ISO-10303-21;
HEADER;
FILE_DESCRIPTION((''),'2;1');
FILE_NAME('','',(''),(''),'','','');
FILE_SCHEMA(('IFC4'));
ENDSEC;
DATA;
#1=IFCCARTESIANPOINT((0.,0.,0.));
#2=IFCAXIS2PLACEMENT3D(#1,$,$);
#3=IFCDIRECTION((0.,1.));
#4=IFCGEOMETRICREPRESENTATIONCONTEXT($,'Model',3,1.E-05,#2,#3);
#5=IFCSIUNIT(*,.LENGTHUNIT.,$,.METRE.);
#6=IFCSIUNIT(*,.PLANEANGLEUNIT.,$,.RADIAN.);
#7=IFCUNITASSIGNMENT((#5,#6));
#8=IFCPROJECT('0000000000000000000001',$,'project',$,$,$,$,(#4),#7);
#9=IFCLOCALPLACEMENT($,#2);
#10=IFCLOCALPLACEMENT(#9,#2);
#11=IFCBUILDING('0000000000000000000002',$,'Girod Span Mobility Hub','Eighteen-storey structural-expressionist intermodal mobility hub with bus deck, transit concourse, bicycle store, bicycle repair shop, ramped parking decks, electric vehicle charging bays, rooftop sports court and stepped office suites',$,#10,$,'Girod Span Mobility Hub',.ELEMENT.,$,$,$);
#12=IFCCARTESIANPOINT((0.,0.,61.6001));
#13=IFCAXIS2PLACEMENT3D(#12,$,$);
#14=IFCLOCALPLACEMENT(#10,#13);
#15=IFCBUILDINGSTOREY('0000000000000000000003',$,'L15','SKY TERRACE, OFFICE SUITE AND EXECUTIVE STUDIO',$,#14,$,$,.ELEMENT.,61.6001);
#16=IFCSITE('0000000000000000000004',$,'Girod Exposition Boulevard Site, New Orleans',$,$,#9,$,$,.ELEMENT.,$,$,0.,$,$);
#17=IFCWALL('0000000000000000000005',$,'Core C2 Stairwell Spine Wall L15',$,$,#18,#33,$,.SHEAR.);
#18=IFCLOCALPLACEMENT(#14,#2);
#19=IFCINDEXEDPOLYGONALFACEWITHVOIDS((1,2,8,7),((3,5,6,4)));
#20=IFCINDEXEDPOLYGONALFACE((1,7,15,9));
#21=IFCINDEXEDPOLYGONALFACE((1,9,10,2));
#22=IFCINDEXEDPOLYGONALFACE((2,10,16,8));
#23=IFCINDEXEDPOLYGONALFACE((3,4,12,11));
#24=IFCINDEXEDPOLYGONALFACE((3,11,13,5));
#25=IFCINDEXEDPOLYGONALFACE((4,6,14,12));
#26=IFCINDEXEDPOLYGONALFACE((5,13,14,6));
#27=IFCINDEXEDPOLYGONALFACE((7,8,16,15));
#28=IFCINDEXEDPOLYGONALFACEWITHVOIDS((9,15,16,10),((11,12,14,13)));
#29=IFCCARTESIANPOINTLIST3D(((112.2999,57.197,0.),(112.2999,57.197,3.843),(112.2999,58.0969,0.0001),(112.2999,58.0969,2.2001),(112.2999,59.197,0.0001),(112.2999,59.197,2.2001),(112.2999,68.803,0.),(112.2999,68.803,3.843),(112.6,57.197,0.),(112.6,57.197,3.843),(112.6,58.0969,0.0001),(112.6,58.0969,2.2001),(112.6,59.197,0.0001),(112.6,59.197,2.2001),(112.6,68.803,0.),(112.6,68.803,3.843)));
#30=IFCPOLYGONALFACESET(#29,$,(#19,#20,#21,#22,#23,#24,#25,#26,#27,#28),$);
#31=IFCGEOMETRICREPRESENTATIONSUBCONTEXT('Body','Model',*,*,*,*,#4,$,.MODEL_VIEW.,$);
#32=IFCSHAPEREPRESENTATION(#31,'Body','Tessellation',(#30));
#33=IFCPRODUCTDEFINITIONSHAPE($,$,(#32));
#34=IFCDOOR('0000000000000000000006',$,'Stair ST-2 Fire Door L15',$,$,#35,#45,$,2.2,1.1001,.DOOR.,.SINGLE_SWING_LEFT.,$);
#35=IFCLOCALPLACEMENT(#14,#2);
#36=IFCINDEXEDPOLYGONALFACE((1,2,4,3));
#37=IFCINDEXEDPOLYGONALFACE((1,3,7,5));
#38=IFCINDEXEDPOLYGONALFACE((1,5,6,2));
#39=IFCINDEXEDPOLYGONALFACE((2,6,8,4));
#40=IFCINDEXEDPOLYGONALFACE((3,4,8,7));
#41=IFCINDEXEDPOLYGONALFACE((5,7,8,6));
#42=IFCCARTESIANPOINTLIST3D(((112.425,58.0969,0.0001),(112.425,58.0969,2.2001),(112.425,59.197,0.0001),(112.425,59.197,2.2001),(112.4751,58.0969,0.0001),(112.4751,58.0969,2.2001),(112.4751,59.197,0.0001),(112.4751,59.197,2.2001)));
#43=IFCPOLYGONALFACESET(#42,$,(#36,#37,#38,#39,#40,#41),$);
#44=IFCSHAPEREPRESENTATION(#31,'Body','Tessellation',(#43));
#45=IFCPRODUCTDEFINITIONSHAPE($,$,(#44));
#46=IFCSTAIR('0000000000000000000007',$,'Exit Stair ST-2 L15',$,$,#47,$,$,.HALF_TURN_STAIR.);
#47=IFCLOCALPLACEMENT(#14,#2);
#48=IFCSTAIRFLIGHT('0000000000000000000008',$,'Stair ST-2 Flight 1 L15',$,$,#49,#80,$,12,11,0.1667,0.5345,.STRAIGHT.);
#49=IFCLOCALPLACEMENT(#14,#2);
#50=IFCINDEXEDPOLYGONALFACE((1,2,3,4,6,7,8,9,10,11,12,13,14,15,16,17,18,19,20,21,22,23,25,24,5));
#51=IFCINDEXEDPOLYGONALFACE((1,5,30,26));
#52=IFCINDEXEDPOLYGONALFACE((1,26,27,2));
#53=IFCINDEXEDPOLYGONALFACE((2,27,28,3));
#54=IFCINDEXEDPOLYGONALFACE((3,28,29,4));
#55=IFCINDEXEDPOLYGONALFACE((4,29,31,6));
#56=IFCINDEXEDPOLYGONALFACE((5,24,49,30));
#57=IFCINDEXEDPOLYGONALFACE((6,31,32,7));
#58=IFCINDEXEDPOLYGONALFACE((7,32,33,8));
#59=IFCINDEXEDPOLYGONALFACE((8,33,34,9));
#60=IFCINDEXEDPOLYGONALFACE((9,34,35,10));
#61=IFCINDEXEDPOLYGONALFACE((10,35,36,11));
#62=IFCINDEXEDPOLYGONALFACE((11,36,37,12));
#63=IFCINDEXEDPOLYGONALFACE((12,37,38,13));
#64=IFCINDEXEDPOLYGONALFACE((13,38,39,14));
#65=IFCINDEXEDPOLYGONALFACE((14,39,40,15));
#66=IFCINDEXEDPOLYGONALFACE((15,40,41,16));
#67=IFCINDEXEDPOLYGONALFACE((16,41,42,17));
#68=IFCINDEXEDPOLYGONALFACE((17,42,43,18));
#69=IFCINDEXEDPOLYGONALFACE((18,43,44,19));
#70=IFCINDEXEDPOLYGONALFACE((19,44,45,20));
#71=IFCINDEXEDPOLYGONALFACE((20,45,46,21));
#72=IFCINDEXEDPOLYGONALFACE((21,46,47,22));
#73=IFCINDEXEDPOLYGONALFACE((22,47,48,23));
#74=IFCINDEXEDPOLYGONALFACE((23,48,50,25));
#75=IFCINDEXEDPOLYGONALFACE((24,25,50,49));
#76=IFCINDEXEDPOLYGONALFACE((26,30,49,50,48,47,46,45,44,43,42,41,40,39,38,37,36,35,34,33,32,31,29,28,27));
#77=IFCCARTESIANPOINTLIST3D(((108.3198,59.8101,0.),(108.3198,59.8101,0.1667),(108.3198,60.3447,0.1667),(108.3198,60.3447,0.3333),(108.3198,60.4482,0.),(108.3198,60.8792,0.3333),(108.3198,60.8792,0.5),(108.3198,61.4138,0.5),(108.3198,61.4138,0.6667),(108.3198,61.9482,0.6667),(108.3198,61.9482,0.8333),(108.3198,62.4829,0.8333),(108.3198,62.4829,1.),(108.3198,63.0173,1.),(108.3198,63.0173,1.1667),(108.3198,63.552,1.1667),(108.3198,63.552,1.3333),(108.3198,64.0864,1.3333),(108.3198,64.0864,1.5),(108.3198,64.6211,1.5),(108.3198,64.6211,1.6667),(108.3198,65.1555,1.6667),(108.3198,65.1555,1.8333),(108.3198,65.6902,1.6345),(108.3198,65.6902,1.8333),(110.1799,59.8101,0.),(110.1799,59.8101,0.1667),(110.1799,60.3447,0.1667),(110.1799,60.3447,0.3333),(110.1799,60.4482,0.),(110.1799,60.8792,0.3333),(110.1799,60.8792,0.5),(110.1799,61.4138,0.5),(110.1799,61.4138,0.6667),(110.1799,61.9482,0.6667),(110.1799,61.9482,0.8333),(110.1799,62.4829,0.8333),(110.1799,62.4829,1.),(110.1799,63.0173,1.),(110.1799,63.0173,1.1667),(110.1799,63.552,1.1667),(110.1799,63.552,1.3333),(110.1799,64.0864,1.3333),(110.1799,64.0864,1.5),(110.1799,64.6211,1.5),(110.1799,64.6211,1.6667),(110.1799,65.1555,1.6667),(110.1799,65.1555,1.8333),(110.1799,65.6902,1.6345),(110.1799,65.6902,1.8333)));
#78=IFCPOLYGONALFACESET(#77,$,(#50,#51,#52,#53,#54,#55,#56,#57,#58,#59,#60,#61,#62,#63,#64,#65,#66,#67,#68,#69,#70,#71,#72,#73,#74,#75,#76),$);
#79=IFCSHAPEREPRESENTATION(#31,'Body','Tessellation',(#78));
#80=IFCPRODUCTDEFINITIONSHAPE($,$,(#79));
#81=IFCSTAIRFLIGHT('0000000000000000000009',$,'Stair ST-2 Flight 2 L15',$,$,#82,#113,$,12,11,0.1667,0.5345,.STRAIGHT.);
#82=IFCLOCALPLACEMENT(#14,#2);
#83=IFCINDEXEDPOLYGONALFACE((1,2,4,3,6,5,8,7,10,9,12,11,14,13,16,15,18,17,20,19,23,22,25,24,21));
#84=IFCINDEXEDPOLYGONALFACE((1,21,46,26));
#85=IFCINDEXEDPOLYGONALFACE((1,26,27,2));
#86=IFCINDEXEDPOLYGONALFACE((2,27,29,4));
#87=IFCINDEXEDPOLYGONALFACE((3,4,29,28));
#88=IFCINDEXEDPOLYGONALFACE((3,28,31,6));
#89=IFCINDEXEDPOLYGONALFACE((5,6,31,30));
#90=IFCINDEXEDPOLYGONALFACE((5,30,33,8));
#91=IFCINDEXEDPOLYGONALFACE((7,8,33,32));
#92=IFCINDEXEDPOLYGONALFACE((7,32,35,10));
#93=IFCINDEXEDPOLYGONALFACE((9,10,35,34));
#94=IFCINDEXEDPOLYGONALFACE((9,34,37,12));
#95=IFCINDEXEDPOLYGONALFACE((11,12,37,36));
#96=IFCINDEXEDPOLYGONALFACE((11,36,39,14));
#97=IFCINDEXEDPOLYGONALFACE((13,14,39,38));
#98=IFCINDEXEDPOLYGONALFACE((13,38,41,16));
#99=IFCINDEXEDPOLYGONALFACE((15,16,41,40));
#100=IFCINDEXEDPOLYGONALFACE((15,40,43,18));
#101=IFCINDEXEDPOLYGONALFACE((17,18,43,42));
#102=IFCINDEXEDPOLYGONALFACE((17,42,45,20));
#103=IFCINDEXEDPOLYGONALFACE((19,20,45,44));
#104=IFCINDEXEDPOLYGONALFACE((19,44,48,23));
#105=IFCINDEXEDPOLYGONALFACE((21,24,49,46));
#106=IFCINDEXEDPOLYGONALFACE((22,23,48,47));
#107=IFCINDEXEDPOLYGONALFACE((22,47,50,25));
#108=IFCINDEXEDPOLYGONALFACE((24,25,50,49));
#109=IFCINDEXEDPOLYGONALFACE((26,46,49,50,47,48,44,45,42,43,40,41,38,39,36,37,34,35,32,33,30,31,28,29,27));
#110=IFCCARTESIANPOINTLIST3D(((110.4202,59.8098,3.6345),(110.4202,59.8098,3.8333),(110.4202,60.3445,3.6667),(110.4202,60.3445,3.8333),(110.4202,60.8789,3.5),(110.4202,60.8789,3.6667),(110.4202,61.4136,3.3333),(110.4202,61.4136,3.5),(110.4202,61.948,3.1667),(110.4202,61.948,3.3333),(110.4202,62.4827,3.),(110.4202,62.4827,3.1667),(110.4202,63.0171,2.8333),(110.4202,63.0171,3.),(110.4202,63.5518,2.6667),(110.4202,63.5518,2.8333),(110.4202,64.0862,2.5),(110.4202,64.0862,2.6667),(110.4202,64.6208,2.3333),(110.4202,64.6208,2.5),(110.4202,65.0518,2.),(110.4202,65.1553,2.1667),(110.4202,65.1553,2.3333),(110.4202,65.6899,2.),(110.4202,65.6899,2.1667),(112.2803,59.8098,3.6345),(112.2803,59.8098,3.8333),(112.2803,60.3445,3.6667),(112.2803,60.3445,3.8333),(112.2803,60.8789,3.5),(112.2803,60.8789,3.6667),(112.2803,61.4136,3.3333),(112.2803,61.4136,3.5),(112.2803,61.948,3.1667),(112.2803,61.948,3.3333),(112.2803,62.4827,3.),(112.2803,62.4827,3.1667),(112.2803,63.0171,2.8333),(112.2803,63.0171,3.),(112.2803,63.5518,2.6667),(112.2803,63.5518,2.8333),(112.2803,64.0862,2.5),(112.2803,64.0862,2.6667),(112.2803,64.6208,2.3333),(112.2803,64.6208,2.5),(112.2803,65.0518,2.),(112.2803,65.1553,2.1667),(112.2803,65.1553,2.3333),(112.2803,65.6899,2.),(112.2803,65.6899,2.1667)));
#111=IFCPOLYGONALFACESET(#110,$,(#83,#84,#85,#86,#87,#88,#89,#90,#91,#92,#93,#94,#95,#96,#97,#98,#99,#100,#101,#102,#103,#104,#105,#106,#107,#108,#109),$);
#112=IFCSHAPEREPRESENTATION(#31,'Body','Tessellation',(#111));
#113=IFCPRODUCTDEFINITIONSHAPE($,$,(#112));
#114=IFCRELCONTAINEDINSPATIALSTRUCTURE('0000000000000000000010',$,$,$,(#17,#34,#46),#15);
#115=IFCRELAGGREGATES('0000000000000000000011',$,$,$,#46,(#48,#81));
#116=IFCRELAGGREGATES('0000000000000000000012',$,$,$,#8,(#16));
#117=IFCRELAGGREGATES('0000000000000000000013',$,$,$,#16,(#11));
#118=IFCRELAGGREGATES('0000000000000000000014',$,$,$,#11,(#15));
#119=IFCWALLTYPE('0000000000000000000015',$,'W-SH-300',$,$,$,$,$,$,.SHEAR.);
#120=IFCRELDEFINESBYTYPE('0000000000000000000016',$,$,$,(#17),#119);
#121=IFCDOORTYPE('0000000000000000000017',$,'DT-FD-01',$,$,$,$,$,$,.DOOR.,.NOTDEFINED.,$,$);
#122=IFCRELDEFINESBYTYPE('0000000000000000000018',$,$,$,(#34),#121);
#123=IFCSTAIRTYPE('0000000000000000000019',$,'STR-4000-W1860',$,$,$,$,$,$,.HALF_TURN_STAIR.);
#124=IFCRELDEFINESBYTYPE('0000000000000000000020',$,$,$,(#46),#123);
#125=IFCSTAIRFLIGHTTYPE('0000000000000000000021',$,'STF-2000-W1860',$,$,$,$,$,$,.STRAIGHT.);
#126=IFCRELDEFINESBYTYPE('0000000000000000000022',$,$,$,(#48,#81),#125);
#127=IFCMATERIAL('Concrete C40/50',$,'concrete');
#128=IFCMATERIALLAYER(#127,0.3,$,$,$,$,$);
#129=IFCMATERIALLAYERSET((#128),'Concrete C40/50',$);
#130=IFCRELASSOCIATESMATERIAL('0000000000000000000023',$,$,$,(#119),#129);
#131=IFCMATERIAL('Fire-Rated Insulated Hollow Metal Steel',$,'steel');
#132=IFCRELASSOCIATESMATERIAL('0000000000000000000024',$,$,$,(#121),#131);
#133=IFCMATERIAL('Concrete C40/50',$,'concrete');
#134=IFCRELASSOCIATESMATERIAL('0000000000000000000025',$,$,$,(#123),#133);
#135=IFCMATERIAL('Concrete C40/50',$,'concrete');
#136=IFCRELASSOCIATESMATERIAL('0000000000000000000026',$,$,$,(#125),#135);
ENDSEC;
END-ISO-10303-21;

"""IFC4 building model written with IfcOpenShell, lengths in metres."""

from ifc_helpers import new_model, si_unit, direction, frame, frame_2d, origin, place, context, subcontext, project, spatial, polyline, rectangle, outline, extrude, material, layer, layer_set, type_object, element, fill, aggregate, save


model = new_model("IFC4")

# Units and contexts
model_context = context("Model", 3, precision=1e-05, world=origin(), true_north=direction((0.0, 1.0)))
body_context = subcontext(model_context, "Body", "Model", "MODEL_VIEW")
ifc_project = project(units=[si_unit("LENGTHUNIT", "METRE"), si_unit("PLANEANGLEUNIT", "RADIAN")], contexts=[model_context])

# Site, building, storey
site_placement = place(None, origin())
site = spatial("IfcSite", under=ifc_project, at=site_placement, Name="Girod Exposition Boulevard Site, New Orleans", CompositionType="ELEMENT", RefElevation=0.0)
building_placement = place(site_placement, origin())
building = spatial("IfcBuilding", under=site, at=building_placement, Name="Girod Span Mobility Hub", Description="Eighteen-storey structural-expressionist intermodal mobility hub with bus deck, transit concourse, bicycle store, bicycle repair shop, ramped parking decks, electric vehicle charging bays, rooftop sports court and stepped office suites", LongName="Girod Span Mobility Hub", CompositionType="ELEMENT")
storey_placement = place(building_placement, frame((0.0, 0.0, 61.6001)))
storey = spatial("IfcBuildingStorey", under=building, at=storey_placement, Name="L15", Description="SKY TERRACE, OFFICE SUITE AND EXECUTIVE STUDIO", CompositionType="ELEMENT", Elevation=61.6001)

# Wall, opening, door
ifc_material_1 = material(Name="Concrete C40/50", Category="concrete")
ifc_layer_1 = layer(ifc_material_1, 0.3)
ifc_layer_set_1 = layer_set([ifc_layer_1], Name="Concrete C40/50")
wall_type_1 = type_object("IfcWallType", Name="W-SH-300", PredefinedType="SHEAR", material=ifc_layer_set_1)
wall_1_placement = place(storey_placement, frame((112.45, 57.197, 0.0), z_axis=(0.0, 0.0, 1.0), x_axis=(0.0, 1.0, 0.0)))
wall_1 = element("IfcWall", 1, at=wall_1_placement, inside=storey, type_object=wall_type_1, Name="Core C2 Stairwell Spine Wall L15", PredefinedType="SHEAR", context=body_context, shape_type="SweptSolid", body=[
    extrude(rectangle(XDim=11.606, YDim=0.3, at=frame_2d((5.803, 0.0))), origin(), (0.0, 0.0, 1.0), 3.843),
])
opening_1_placement = place(wall_1_placement, frame((0.8999, 0.0, 0.0)))
opening_1 = element("IfcOpeningElement", 2, at=opening_1_placement, cuts=wall_1, PredefinedType="OPENING", context=body_context, shape_type="SweptSolid", body=[
    extrude(rectangle(XDim=1.1001, YDim=2.2, at=frame_2d((0.55, 1.1001))), frame((0.0, 0.165, 0.0), z_axis=(0.0, -1.0, 0.0), x_axis=(1.0, 0.0, 0.0)), (0.0, 0.0, 1.0), 0.3301),
])
ifc_material_2 = material(Name="Fire-Rated Insulated Hollow Metal Steel", Category="steel")
door_type_1 = type_object("IfcDoorType", Name="DT-FD-01", OperationType="NOTDEFINED", PredefinedType="DOOR", material=ifc_material_2)
door_1_placement = place(opening_1_placement, origin())
door_1 = element("IfcDoor", 3, at=door_1_placement, inside=storey, type_object=door_type_1, Name="Stair ST-2 Fire Door L15", OperationType="SINGLE_SWING_LEFT", OverallHeight=2.2, OverallWidth=1.1001, PredefinedType="DOOR", context=body_context, shape_type="SweptSolid", body=[
    extrude(rectangle(XDim=1.1001, YDim=2.2, at=frame_2d((0.55, 1.1001))), frame((0.0, 0.0249, 0.0), z_axis=(0.0, -1.0, 0.0), x_axis=(1.0, 0.0, 0.0)), (0.0, 0.0, 1.0), 0.05),
])
fill(opening_1, door_1)

# Stair, stair flights
ifc_material_3 = material(Name="Concrete C40/50", Category="concrete")
stair_type = type_object("IfcStairType", Name="STR-4000-W1860", PredefinedType="HALF_TURN_STAIR", material=ifc_material_3)
stair_placement = place(storey_placement, origin())
stair = element("IfcStair", 4, at=stair_placement, inside=storey, type_object=stair_type, Name="Exit Stair ST-2 L15", PredefinedType="HALF_TURN_STAIR")
ifc_material_4 = material(Name="Concrete C40/50", Category="concrete")
stair_flight_type = type_object("IfcStairFlightType", Name="STF-2000-W1860", PredefinedType="STRAIGHT", material=ifc_material_4)
stair_flight_1_placement = place(storey_placement, frame((109.25, 59.8101, 0.0), z_axis=(0.0, 0.0, 1.0), x_axis=(0.0, 1.0, 0.0)))
stair_flight_1 = element("IfcStairFlight", 5, at=stair_flight_1_placement, type_object=stair_flight_type, Name="Stair ST-2 Flight 1 L15", NumberOfRisers=12, NumberOfTreads=11, PredefinedType="STRAIGHT", RiserHeight=0.1667, TreadLength=0.5345, context=body_context, shape_type="SweptSolid", body=[
    extrude(outline(polyline([(0.0, 0.0), (0.0, 0.1667), (0.5347, 0.1667), (0.5347, 0.3333), (1.0691, 0.3333), (1.0691, 0.5), (1.6038, 0.5), (1.6038, 0.6667), (2.1382, 0.6667), (2.1382, 0.8333), (2.6729, 0.8333), (2.6729, 1.0), (3.2073, 1.0), (3.2073, 1.1667), (3.7419, 1.1667), (3.7419, 1.3333), (4.2764, 1.3333), (4.2764, 1.5), (4.811, 1.5), (4.811, 1.6667), (5.3455, 1.6667), (5.3455, 1.8333), (5.8801, 1.8333), (5.8801, 2.0), (5.8801, 1.6345), (0.6382, 0.0), (0.0, 0.0)])), frame((0.0, 0.9302, 0.0), z_axis=(0.0, -1.0, 0.0), x_axis=(1.0, 0.0, 0.0)), (0.0, 0.0, 1.0), 1.8601),
])
stair_flight_2_placement = place(storey_placement, frame((111.3501, 65.6899, 2.0), z_axis=(0.0, 0.0, 1.0), x_axis=(0.0, -1.0, 0.0)))
stair_flight_2 = element("IfcStairFlight", 6, at=stair_flight_2_placement, type_object=stair_flight_type, Name="Stair ST-2 Flight 2 L15", NumberOfRisers=12, NumberOfTreads=11, PredefinedType="STRAIGHT", RiserHeight=0.1667, TreadLength=0.5345, context=body_context, shape_type="SweptSolid", body=[
    extrude(outline(polyline([(0.0, 0.0), (0.0, 0.1667), (0.5347, 0.1667), (0.5347, 0.3333), (1.0691, 0.3333), (1.0691, 0.5), (1.6038, 0.5), (1.6038, 0.6667), (2.1382, 0.6667), (2.1382, 0.8333), (2.6729, 0.8333), (2.6729, 1.0), (3.2073, 1.0), (3.2073, 1.1667), (3.7419, 1.1667), (3.7419, 1.3333), (4.2764, 1.3333), (4.2764, 1.5), (4.811, 1.5), (4.811, 1.6667), (5.3455, 1.6667), (5.3455, 1.8333), (5.8801, 1.8333), (5.8801, 2.0), (5.8801, 1.6345), (0.6382, 0.0), (0.0, 0.0)])), frame((0.0, 0.9302, 0.0), z_axis=(0.0, -1.0, 0.0), x_axis=(1.0, 0.0, 0.0)), (0.0, 0.0, 1.0), 1.8601),
])
aggregate(stair, [stair_flight_1, stair_flight_2])

save(model, "model.ifc")
